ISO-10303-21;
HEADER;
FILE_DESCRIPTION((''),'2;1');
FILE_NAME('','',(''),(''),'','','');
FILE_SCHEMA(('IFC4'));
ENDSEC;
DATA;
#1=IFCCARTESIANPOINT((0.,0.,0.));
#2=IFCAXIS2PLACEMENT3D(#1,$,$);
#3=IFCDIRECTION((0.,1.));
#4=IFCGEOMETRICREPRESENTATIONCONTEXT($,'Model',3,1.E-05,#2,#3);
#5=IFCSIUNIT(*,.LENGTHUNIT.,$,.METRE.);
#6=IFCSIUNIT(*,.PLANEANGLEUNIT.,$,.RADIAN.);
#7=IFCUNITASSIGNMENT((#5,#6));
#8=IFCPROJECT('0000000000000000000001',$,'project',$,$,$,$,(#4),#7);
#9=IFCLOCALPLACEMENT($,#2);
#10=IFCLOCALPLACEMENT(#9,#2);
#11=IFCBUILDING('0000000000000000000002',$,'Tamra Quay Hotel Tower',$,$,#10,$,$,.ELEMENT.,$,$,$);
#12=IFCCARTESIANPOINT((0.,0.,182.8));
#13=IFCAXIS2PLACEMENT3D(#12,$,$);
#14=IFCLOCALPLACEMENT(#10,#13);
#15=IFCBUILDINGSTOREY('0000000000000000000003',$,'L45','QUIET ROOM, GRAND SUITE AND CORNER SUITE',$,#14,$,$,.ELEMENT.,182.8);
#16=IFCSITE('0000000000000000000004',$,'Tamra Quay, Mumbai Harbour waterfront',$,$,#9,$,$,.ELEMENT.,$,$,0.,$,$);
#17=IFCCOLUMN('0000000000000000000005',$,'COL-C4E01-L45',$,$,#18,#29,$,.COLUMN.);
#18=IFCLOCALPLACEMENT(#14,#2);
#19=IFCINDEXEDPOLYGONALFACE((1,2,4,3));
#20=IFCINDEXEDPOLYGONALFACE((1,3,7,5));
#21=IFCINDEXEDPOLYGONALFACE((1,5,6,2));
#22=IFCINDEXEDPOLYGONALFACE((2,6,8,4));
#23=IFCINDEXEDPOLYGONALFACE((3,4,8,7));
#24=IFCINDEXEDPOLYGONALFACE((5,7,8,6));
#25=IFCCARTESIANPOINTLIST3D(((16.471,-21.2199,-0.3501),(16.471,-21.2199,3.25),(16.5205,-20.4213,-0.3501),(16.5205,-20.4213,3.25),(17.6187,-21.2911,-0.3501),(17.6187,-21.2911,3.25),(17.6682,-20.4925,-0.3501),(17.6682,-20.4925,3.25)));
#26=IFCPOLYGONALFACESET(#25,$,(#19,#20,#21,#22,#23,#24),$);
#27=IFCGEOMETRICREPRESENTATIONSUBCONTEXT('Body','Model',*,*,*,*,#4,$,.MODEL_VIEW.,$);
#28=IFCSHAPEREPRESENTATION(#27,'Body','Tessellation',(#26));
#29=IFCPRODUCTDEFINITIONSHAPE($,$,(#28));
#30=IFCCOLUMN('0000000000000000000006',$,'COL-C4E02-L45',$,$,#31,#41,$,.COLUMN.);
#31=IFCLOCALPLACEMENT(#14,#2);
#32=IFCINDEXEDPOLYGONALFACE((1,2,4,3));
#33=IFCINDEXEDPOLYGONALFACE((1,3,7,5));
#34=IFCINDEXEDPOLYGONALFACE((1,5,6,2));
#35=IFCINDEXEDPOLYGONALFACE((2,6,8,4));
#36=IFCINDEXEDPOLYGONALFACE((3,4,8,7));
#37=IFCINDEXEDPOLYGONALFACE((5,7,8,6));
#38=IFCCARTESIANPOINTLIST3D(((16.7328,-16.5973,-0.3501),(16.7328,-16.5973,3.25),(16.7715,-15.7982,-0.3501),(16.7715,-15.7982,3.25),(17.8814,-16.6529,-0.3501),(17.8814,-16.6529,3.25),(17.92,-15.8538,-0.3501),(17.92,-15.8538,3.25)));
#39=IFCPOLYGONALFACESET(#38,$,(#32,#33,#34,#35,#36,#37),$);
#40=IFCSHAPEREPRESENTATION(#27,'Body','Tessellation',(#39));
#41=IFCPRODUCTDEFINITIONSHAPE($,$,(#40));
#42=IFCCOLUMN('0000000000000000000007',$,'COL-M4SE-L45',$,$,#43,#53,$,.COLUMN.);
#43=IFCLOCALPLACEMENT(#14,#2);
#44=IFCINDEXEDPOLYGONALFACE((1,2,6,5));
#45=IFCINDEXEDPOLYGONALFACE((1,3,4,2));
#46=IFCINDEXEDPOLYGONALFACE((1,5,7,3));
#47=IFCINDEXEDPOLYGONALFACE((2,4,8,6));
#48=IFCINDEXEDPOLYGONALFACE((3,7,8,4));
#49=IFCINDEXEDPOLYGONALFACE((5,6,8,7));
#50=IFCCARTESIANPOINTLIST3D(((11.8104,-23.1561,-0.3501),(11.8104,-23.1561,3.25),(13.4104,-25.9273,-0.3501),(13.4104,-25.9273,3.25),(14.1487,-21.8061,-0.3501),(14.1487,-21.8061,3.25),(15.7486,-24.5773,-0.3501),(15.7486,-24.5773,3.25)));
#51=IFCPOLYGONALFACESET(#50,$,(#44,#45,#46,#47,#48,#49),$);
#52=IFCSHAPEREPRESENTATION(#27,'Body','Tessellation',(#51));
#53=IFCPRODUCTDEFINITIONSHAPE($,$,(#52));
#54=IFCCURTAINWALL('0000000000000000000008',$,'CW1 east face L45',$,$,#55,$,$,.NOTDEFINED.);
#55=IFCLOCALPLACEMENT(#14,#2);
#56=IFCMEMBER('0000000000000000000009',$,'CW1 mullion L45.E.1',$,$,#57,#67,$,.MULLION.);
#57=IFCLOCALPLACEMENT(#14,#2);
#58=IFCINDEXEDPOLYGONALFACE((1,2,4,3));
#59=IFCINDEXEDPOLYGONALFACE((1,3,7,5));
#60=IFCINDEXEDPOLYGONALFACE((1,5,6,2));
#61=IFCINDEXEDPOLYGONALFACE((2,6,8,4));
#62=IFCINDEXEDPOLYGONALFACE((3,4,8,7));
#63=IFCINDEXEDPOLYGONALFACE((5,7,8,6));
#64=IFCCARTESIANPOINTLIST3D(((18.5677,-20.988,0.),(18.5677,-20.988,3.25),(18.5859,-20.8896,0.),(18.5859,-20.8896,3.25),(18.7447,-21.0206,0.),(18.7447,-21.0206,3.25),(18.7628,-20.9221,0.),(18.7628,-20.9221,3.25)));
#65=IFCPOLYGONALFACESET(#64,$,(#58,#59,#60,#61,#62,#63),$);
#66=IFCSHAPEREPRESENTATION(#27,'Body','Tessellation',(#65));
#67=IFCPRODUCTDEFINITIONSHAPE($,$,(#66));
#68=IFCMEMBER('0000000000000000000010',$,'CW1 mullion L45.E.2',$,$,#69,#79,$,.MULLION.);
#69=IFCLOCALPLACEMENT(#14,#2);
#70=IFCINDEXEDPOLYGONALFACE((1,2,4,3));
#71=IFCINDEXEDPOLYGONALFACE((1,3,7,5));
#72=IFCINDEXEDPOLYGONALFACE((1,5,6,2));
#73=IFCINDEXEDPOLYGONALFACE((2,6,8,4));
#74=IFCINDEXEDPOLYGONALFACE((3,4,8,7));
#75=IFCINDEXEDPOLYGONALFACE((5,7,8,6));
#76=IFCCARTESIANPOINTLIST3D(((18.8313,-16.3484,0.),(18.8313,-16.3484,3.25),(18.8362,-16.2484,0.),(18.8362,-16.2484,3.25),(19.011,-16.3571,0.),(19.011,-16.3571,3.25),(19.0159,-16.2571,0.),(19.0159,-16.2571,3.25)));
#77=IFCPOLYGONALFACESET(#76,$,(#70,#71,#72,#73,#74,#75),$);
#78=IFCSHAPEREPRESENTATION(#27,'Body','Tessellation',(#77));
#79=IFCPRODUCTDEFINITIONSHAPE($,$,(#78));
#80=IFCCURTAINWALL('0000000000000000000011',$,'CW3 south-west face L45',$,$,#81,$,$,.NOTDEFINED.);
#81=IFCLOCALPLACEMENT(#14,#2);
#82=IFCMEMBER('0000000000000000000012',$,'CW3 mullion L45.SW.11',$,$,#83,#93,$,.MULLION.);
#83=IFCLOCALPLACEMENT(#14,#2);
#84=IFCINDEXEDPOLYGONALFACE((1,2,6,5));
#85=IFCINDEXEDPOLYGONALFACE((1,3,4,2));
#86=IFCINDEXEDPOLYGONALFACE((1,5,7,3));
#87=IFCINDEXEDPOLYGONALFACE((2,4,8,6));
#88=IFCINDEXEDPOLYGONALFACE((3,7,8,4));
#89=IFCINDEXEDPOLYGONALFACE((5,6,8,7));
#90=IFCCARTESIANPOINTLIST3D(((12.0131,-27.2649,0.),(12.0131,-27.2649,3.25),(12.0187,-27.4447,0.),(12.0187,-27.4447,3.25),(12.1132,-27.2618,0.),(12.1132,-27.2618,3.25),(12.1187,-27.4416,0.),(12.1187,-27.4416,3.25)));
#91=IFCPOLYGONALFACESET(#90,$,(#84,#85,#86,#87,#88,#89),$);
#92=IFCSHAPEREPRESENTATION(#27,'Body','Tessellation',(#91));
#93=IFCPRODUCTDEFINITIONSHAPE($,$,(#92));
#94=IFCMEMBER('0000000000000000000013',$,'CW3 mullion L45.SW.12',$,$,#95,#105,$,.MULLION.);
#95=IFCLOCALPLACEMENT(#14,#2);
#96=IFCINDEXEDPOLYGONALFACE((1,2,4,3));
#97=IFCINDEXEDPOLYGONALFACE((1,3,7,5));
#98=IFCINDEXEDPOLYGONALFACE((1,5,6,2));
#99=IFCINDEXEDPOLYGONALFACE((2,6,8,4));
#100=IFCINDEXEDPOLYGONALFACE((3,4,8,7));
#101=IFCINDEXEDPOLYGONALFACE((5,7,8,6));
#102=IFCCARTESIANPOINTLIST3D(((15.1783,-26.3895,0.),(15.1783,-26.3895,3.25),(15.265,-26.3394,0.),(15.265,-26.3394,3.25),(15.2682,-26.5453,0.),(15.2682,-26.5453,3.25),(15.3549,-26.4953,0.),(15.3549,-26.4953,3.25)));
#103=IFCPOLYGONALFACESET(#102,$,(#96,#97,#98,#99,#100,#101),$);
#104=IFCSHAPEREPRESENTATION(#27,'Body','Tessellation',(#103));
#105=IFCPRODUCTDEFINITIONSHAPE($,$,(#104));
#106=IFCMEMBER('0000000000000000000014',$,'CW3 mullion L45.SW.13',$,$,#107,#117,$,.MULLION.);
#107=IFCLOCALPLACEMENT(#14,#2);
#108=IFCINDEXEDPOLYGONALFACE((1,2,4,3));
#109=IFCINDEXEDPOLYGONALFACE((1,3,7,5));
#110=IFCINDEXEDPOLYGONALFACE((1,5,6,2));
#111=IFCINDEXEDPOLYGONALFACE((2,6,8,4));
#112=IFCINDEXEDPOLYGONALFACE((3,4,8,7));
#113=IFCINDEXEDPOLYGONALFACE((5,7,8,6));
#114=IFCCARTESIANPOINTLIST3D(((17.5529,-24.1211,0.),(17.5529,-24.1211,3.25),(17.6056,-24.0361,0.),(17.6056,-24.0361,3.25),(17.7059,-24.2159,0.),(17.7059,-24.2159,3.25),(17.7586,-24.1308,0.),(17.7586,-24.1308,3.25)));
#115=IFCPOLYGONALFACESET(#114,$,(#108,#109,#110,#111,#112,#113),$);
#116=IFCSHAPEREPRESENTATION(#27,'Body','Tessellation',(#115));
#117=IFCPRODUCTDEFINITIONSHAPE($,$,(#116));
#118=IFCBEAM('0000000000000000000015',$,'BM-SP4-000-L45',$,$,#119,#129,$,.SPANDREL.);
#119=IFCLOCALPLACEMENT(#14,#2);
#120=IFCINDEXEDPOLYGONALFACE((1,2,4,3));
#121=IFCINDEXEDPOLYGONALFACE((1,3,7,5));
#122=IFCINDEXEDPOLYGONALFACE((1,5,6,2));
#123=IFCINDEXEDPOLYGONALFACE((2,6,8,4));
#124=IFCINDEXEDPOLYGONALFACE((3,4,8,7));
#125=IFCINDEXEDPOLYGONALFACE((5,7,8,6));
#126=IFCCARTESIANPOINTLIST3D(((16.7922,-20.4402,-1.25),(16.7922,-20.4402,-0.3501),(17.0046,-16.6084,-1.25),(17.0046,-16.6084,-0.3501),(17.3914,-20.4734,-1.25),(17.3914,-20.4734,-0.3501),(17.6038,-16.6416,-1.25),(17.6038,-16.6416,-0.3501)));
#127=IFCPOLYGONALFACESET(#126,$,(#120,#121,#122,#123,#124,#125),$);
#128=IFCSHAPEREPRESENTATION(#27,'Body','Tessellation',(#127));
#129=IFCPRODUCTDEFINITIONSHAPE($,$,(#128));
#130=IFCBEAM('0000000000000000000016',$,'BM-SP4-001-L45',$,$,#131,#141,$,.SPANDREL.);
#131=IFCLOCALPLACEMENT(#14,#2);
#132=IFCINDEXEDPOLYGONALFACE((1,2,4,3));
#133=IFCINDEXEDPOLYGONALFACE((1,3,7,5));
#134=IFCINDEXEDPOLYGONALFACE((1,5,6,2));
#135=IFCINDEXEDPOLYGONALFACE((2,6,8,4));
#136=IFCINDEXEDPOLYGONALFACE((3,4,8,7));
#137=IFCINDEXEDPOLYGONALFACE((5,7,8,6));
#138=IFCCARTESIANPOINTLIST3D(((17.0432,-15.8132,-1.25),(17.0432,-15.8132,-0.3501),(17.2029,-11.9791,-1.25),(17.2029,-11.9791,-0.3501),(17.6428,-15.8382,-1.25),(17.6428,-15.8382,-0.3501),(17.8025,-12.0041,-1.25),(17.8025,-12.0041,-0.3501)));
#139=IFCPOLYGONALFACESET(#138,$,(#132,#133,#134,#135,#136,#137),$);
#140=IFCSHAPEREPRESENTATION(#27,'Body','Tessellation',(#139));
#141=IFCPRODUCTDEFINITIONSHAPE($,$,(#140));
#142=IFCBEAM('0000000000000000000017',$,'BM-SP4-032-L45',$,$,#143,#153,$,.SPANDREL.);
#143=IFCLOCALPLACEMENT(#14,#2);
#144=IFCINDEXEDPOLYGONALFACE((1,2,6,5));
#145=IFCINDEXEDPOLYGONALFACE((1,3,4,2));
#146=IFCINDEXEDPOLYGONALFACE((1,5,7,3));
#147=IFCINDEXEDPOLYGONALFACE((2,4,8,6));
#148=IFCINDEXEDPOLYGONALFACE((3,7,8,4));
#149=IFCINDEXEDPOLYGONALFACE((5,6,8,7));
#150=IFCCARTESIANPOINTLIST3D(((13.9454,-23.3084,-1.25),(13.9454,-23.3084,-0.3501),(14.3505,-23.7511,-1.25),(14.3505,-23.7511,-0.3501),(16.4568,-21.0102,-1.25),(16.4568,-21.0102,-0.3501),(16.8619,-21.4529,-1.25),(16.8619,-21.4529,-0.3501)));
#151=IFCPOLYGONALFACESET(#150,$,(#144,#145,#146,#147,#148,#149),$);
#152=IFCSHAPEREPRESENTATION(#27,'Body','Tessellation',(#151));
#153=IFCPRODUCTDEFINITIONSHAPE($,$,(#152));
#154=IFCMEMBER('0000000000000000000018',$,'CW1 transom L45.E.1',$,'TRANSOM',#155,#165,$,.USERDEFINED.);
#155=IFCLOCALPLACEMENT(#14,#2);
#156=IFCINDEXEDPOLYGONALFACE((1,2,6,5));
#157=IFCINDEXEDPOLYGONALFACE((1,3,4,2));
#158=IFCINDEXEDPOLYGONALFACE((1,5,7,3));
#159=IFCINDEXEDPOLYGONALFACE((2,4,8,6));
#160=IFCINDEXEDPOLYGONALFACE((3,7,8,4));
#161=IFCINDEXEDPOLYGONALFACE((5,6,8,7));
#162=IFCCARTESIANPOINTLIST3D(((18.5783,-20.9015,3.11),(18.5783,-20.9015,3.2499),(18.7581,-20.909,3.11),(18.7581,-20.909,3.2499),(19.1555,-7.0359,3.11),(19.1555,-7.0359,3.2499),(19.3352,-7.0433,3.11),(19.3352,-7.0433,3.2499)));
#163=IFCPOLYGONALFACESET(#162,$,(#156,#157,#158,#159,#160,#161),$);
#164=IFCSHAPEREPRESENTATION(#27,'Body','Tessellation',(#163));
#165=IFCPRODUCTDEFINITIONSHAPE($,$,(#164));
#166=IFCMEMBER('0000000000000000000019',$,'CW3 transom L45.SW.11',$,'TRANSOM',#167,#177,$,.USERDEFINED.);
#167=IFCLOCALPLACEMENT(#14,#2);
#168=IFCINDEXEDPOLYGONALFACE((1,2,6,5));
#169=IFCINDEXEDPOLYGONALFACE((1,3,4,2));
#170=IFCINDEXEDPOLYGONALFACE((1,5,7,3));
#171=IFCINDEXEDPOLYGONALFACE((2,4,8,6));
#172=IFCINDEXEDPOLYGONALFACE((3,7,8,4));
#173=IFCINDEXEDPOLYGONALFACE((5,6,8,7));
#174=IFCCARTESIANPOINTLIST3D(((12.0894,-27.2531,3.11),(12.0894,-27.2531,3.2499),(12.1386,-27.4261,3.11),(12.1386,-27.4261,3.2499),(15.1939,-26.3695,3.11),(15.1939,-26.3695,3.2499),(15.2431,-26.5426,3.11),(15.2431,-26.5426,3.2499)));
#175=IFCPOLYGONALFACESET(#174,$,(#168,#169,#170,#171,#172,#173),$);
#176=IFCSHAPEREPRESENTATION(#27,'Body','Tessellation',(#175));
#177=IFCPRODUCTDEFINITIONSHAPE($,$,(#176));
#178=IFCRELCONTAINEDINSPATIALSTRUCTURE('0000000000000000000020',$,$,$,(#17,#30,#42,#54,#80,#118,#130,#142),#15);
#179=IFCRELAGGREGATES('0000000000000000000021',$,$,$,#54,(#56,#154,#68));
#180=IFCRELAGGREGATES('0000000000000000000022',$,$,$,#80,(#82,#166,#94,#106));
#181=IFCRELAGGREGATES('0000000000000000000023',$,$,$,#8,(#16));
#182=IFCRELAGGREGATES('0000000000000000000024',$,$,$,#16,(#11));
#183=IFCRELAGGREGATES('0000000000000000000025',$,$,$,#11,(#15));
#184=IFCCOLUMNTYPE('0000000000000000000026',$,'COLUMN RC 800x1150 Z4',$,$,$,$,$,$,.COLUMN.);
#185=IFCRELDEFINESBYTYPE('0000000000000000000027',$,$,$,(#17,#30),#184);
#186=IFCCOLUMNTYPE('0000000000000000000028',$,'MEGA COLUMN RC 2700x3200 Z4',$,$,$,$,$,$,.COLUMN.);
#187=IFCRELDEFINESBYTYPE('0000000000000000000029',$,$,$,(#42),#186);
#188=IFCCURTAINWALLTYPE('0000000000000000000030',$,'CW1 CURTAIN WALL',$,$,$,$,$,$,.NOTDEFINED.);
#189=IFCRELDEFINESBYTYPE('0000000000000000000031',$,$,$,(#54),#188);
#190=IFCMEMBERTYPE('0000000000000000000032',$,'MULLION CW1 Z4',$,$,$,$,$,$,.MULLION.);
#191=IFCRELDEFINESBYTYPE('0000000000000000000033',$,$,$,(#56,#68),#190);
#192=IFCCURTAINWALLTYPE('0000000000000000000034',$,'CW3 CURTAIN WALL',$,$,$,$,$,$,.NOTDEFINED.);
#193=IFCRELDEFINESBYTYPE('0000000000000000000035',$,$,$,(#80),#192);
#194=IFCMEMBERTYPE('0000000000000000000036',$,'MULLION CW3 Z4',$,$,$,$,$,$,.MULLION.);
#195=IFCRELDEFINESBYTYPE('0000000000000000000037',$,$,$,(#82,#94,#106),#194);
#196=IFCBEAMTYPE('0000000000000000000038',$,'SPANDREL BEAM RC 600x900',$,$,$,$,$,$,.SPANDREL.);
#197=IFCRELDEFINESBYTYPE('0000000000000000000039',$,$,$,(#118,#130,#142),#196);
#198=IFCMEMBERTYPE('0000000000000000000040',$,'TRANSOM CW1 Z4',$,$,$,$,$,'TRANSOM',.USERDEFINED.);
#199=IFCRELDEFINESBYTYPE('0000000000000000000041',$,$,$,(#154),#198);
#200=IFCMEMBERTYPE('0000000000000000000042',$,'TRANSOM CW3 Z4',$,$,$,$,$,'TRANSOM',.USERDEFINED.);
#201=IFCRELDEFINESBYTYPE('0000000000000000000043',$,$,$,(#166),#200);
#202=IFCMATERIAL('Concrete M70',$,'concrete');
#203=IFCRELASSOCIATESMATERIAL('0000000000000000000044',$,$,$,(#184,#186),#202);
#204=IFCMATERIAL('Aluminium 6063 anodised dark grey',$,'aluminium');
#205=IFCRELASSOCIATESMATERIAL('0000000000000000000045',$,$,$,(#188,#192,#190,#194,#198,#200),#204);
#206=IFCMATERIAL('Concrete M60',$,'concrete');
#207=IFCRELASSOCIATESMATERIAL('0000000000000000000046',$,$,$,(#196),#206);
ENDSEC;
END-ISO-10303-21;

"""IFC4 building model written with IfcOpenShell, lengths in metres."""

from ifc_helpers import new_model, si_unit, direction, frame, origin, origin_2d, place, context, subcontext, project, spatial, rectangle, extrude, material, material_profile, profile_set, type_object, element, aggregate, save


model = new_model("IFC4")

# Units and contexts
model_context = context("Model", 3, precision=1e-05, world=origin(), true_north=direction((0.0, 1.0)))
body_context = subcontext(model_context, "Body", "Model", "MODEL_VIEW")
ifc_project = project(units=[si_unit("LENGTHUNIT", "METRE"), si_unit("PLANEANGLEUNIT", "RADIAN")], contexts=[model_context])

# Site, building, storey
site_placement = place(None, origin())
site = spatial("IfcSite", under=ifc_project, at=site_placement, Name="Tamra Quay, Mumbai Harbour waterfront", CompositionType="ELEMENT", RefElevation=0.0)
building_placement = place(site_placement, origin())
building = spatial("IfcBuilding", under=site, at=building_placement, Name="Tamra Quay Hotel Tower", CompositionType="ELEMENT")
storey_placement = place(building_placement, frame((0.0, 0.0, 182.8)))
storey = spatial("IfcBuildingStorey", under=building, at=storey_placement, Name="L45", Description="QUIET ROOM, GRAND SUITE AND CORNER SUITE", CompositionType="ELEMENT", Elevation=182.8)

# Columns
ifc_material_1 = material(Name="Concrete M70", Category="concrete")
ifc_material_profile_1 = material_profile(ifc_material_1, rectangle(XDim=1.1499, YDim=0.8, at=origin_2d()), Name="COLUMN RC 800x1150 Z4")
ifc_profile_set_1 = profile_set([ifc_material_profile_1], Name="Concrete M70")
column_type_1 = type_object("IfcColumnType", Name="COLUMN RC 800x1150 Z4", PredefinedType="COLUMN", material=ifc_profile_set_1)
for number, where, z_axis, x_axis, name in (
    (1, (17.0696, -20.8562, -0.3501), (0.0, 0.0, 1.0), (-0.998081, 0.061921, 0.0), "COL-C4E01-L45"),
    (2, (17.3264, -16.2256, -0.3501), (0.0, 0.0, 1.0), (-0.998831, 0.048344, 0.0), "COL-C4E02-L45"),
):
    element("IfcColumn", number, at=place(storey_placement, frame(where, z_axis=z_axis, x_axis=x_axis)), inside=storey, type_object=column_type_1, Name=name, PredefinedType="COLUMN", context=body_context, shape_type="SweptSolid", body=[
        extrude(rectangle(XDim=1.1499, YDim=0.8, at=origin_2d()), origin(), (0.0, 0.0, 1.0), 3.6001),
    ])
ifc_material_profile_2 = material_profile(ifc_material_1, rectangle(XDim=3.2, YDim=2.7, at=origin_2d()), Name="MEGA COLUMN RC 2700x3200 Z4")
ifc_profile_set_2 = profile_set([ifc_material_profile_2], Name="Concrete M70")
column_type_2 = type_object("IfcColumnType", Name="MEGA COLUMN RC 2700x3200 Z4", PredefinedType="COLUMN", material=ifc_profile_set_2)
column_placement = place(storey_placement, frame((13.7795, -23.8667, -0.3501), z_axis=(0.0, 0.0, 1.0), x_axis=(-0.5, 0.866025, 0.0)))
element("IfcColumn", 3, at=column_placement, inside=storey, type_object=column_type_2, Name="COL-M4SE-L45", PredefinedType="COLUMN", context=body_context, shape_type="SweptSolid", body=[
    extrude(rectangle(XDim=3.2, YDim=2.7, at=origin_2d()), origin(), (0.0, 0.0, 1.0), 3.6001),
])

# Curtain walls, members
ifc_material_2 = material(Name="Aluminium 6063 anodised dark grey", Category="aluminium")
curtain_wall_type_1 = type_object("IfcCurtainWallType", Name="CW1 CURTAIN WALL", PredefinedType="NOTDEFINED", material=ifc_material_2)
curtain_wall_1_placement = place(storey_placement, origin())
curtain_wall_1 = element("IfcCurtainWall", 4, at=curtain_wall_1_placement, inside=storey, type_object=curtain_wall_type_1, Name="CW1 east face L45", PredefinedType="NOTDEFINED")
ifc_material_profile_3 = material_profile(ifc_material_2, rectangle(XDim=0.1799, YDim=0.1001, at=origin_2d()), Name="MULLION 100X180")
ifc_profile_set_3 = profile_set([ifc_material_profile_3], Name="Aluminium 6063 anodised dark grey")
member_type_1 = type_object("IfcMemberType", Name="MULLION CW1 Z4", PredefinedType="MULLION", material=ifc_profile_set_3)
member_1_placement = place(storey_placement, frame((18.6653, -20.9551, 0.0), z_axis=(0.0, 0.0, 1.0), x_axis=(0.983509, -0.180857, 0.0)))
member_1 = element("IfcMember", 5, at=member_1_placement, type_object=member_type_1, Name="CW1 mullion L45.E.1", PredefinedType="MULLION", context=body_context, shape_type="SweptSolid", body=[
    extrude(rectangle(XDim=0.1799, YDim=0.1001, at=origin_2d()), origin(), (0.0, 0.0, 1.0), 3.25),
])
member_2_placement = place(storey_placement, frame((18.9236, -16.3027, 0.0), z_axis=(0.0, 0.0, 1.0), x_axis=(0.998823, -0.04851, 0.0)))
member_2 = element("IfcMember", 6, at=member_2_placement, type_object=member_type_1, Name="CW1 mullion L45.E.2", PredefinedType="MULLION", context=body_context, shape_type="SweptSolid", body=[
    extrude(rectangle(XDim=0.1799, YDim=0.1001, at=origin_2d()), origin(), (0.0, 0.0, 1.0), 3.25),
])
curtain_wall_type_2 = type_object("IfcCurtainWallType", Name="CW3 CURTAIN WALL", PredefinedType="NOTDEFINED", material=ifc_material_2)
curtain_wall_2_placement = place(storey_placement, origin())
curtain_wall_2 = element("IfcCurtainWall", 7, at=curtain_wall_2_placement, inside=storey, type_object=curtain_wall_type_2, Name="CW3 south-west face L45", PredefinedType="NOTDEFINED")
ifc_material_profile_4 = material_profile(ifc_material_2, rectangle(XDim=0.1799, YDim=0.1001, at=origin_2d()), Name="MULLION 100X180")
ifc_profile_set_4 = profile_set([ifc_material_profile_4], Name="Aluminium 6063 anodised dark grey")
member_type_2 = type_object("IfcMemberType", Name="MULLION CW3 Z4", PredefinedType="MULLION", material=ifc_profile_set_4)
member_3_placement = place(storey_placement, frame((12.0659, -27.3533, 0.0), z_axis=(0.0, 0.0, 1.0), x_axis=(0.030975, -0.99952, 0.0)))
member_3 = element("IfcMember", 8, at=member_3_placement, type_object=member_type_2, Name="CW3 mullion L45.SW.11", PredefinedType="MULLION", context=body_context, shape_type="SweptSolid", body=[
    extrude(rectangle(XDim=0.1799, YDim=0.1001, at=origin_2d()), origin(), (0.0, 0.0, 1.0), 3.25),
])
member_4_placement = place(storey_placement, frame((15.2666, -26.4424, 0.0), z_axis=(0.0, 0.0, 1.0), x_axis=(0.5, -0.866025, 0.0)))
member_4 = element("IfcMember", 9, at=member_4_placement, type_object=member_type_2, Name="CW3 mullion L45.SW.12", PredefinedType="MULLION", context=body_context, shape_type="SweptSolid", body=[
    extrude(rectangle(XDim=0.1799, YDim=0.1001, at=origin_2d()), origin(), (0.0, 0.0, 1.0), 3.25),
])
member_5_placement = place(storey_placement, frame((17.6558, -24.126, 0.0), z_axis=(0.0, 0.0, 1.0), x_axis=(0.850122, -0.526586, 0.0)))
member_5 = element("IfcMember", 10, at=member_5_placement, type_object=member_type_2, Name="CW3 mullion L45.SW.13", PredefinedType="MULLION", context=body_context, shape_type="SweptSolid", body=[
    extrude(rectangle(XDim=0.1799, YDim=0.1001, at=origin_2d()), origin(), (0.0, 0.0, 1.0), 3.25),
])

# Beams
ifc_material_3 = material(Name="Concrete M60", Category="concrete")
ifc_material_profile_5 = material_profile(ifc_material_3, rectangle(XDim=0.6001, YDim=0.8999, at=origin_2d()), Name="SPANDREL BEAM RC 600x900")
ifc_profile_set_5 = profile_set([ifc_material_profile_5], Name="Concrete M60")
beam_type = type_object("IfcBeamType", Name="SPANDREL BEAM RC 600x900", PredefinedType="SPANDREL", material=ifc_profile_set_5)
beam_1_placement = place(storey_placement, frame((17.0918, -20.4568, -0.8), z_axis=(0.055347, 0.998467, 0.0), x_axis=(-0.998467, 0.055347, 0.0)))
element("IfcBeam", 11, at=beam_1_placement, inside=storey, type_object=beam_type, Name="BM-SP4-000-L45", PredefinedType="SPANDREL", context=body_context, shape_type="SweptSolid", body=[
    extrude(rectangle(XDim=0.6001, YDim=0.8999, at=origin_2d()), origin(), (0.0, 0.0, 1.0), 3.8376),
])
beam_2_placement = place(storey_placement, frame((17.343, -15.8257, -0.8), z_axis=(0.041609, 0.999134, 0.0), x_axis=(-0.999134, 0.041609, 0.0)))
element("IfcBeam", 12, at=beam_2_placement, inside=storey, type_object=beam_type, Name="BM-SP4-001-L45", PredefinedType="SPANDREL", context=body_context, shape_type="SweptSolid", body=[
    extrude(rectangle(XDim=0.6001, YDim=0.8999, at=origin_2d()), origin(), (0.0, 0.0, 1.0), 3.8374),
])
beam_3_placement = place(storey_placement, frame((14.1479, -23.5298, -0.8), z_axis=(0.737716, 0.675111, 0.0), x_axis=(-0.675111, 0.737716, 0.0)))
element("IfcBeam", 13, at=beam_3_placement, inside=storey, type_object=beam_type, Name="BM-SP4-032-L45", PredefinedType="SPANDREL", context=body_context, shape_type="SweptSolid", body=[
    extrude(rectangle(XDim=0.6001, YDim=0.8999, at=origin_2d()), origin(), (0.0, 0.0, 1.0), 3.4043),
])

# Members
ifc_material_profile_6 = material_profile(ifc_material_2, rectangle(XDim=0.1799, YDim=0.1399, at=origin_2d()), Name="TRANSOM 180X140")
ifc_profile_set_6 = profile_set([ifc_material_profile_6], Name="Aluminium 6063 anodised dark grey")
member_type_3 = type_object("IfcMemberType", Name="TRANSOM CW1 Z4", ElementType="TRANSOM", PredefinedType="USERDEFINED", material=ifc_profile_set_6)
member_6_placement = place(storey_placement, frame((18.6682, -20.9053, 3.1799), z_axis=(0.041588, 0.999135, 0.0), x_axis=(-0.999135, 0.041588, 0.0)))
member_6 = element("IfcMember", 14, at=member_6_placement, type_object=member_type_3, Name="CW1 transom L45.E.1", ObjectType="TRANSOM", PredefinedType="USERDEFINED", context=body_context, shape_type="SweptSolid", body=[
    extrude(rectangle(XDim=0.1799, YDim=0.1399, at=origin_2d()), origin(), (0.0, 0.0, 1.0), 13.8777),
])
ifc_material_profile_7 = material_profile(ifc_material_2, rectangle(XDim=0.1799, YDim=0.1399, at=origin_2d()), Name="TRANSOM 180X140")
ifc_profile_set_7 = profile_set([ifc_material_profile_7], Name="Aluminium 6063 anodised dark grey")
member_type_4 = type_object("IfcMemberType", Name="TRANSOM CW3 Z4", ElementType="TRANSOM", PredefinedType="USERDEFINED", material=ifc_profile_set_7)
member_7_placement = place(storey_placement, frame((12.114, -27.3396, 3.1799), z_axis=(0.961806, 0.273732, 0.0), x_axis=(-0.273732, 0.961806, 0.0)))
member_7 = element("IfcMember", 15, at=member_7_placement, type_object=member_type_4, Name="CW3 transom L45.SW.11", ObjectType="TRANSOM", PredefinedType="USERDEFINED", context=body_context, shape_type="SweptSolid", body=[
    extrude(rectangle(XDim=0.1799, YDim=0.1399, at=origin_2d()), origin(), (0.0, 0.0, 1.0), 3.2278),
])

aggregate(curtain_wall_1, [member_1, member_6, member_2])
aggregate(curtain_wall_2, [member_3, member_7, member_4, member_5])

save(model, "model.ifc")
